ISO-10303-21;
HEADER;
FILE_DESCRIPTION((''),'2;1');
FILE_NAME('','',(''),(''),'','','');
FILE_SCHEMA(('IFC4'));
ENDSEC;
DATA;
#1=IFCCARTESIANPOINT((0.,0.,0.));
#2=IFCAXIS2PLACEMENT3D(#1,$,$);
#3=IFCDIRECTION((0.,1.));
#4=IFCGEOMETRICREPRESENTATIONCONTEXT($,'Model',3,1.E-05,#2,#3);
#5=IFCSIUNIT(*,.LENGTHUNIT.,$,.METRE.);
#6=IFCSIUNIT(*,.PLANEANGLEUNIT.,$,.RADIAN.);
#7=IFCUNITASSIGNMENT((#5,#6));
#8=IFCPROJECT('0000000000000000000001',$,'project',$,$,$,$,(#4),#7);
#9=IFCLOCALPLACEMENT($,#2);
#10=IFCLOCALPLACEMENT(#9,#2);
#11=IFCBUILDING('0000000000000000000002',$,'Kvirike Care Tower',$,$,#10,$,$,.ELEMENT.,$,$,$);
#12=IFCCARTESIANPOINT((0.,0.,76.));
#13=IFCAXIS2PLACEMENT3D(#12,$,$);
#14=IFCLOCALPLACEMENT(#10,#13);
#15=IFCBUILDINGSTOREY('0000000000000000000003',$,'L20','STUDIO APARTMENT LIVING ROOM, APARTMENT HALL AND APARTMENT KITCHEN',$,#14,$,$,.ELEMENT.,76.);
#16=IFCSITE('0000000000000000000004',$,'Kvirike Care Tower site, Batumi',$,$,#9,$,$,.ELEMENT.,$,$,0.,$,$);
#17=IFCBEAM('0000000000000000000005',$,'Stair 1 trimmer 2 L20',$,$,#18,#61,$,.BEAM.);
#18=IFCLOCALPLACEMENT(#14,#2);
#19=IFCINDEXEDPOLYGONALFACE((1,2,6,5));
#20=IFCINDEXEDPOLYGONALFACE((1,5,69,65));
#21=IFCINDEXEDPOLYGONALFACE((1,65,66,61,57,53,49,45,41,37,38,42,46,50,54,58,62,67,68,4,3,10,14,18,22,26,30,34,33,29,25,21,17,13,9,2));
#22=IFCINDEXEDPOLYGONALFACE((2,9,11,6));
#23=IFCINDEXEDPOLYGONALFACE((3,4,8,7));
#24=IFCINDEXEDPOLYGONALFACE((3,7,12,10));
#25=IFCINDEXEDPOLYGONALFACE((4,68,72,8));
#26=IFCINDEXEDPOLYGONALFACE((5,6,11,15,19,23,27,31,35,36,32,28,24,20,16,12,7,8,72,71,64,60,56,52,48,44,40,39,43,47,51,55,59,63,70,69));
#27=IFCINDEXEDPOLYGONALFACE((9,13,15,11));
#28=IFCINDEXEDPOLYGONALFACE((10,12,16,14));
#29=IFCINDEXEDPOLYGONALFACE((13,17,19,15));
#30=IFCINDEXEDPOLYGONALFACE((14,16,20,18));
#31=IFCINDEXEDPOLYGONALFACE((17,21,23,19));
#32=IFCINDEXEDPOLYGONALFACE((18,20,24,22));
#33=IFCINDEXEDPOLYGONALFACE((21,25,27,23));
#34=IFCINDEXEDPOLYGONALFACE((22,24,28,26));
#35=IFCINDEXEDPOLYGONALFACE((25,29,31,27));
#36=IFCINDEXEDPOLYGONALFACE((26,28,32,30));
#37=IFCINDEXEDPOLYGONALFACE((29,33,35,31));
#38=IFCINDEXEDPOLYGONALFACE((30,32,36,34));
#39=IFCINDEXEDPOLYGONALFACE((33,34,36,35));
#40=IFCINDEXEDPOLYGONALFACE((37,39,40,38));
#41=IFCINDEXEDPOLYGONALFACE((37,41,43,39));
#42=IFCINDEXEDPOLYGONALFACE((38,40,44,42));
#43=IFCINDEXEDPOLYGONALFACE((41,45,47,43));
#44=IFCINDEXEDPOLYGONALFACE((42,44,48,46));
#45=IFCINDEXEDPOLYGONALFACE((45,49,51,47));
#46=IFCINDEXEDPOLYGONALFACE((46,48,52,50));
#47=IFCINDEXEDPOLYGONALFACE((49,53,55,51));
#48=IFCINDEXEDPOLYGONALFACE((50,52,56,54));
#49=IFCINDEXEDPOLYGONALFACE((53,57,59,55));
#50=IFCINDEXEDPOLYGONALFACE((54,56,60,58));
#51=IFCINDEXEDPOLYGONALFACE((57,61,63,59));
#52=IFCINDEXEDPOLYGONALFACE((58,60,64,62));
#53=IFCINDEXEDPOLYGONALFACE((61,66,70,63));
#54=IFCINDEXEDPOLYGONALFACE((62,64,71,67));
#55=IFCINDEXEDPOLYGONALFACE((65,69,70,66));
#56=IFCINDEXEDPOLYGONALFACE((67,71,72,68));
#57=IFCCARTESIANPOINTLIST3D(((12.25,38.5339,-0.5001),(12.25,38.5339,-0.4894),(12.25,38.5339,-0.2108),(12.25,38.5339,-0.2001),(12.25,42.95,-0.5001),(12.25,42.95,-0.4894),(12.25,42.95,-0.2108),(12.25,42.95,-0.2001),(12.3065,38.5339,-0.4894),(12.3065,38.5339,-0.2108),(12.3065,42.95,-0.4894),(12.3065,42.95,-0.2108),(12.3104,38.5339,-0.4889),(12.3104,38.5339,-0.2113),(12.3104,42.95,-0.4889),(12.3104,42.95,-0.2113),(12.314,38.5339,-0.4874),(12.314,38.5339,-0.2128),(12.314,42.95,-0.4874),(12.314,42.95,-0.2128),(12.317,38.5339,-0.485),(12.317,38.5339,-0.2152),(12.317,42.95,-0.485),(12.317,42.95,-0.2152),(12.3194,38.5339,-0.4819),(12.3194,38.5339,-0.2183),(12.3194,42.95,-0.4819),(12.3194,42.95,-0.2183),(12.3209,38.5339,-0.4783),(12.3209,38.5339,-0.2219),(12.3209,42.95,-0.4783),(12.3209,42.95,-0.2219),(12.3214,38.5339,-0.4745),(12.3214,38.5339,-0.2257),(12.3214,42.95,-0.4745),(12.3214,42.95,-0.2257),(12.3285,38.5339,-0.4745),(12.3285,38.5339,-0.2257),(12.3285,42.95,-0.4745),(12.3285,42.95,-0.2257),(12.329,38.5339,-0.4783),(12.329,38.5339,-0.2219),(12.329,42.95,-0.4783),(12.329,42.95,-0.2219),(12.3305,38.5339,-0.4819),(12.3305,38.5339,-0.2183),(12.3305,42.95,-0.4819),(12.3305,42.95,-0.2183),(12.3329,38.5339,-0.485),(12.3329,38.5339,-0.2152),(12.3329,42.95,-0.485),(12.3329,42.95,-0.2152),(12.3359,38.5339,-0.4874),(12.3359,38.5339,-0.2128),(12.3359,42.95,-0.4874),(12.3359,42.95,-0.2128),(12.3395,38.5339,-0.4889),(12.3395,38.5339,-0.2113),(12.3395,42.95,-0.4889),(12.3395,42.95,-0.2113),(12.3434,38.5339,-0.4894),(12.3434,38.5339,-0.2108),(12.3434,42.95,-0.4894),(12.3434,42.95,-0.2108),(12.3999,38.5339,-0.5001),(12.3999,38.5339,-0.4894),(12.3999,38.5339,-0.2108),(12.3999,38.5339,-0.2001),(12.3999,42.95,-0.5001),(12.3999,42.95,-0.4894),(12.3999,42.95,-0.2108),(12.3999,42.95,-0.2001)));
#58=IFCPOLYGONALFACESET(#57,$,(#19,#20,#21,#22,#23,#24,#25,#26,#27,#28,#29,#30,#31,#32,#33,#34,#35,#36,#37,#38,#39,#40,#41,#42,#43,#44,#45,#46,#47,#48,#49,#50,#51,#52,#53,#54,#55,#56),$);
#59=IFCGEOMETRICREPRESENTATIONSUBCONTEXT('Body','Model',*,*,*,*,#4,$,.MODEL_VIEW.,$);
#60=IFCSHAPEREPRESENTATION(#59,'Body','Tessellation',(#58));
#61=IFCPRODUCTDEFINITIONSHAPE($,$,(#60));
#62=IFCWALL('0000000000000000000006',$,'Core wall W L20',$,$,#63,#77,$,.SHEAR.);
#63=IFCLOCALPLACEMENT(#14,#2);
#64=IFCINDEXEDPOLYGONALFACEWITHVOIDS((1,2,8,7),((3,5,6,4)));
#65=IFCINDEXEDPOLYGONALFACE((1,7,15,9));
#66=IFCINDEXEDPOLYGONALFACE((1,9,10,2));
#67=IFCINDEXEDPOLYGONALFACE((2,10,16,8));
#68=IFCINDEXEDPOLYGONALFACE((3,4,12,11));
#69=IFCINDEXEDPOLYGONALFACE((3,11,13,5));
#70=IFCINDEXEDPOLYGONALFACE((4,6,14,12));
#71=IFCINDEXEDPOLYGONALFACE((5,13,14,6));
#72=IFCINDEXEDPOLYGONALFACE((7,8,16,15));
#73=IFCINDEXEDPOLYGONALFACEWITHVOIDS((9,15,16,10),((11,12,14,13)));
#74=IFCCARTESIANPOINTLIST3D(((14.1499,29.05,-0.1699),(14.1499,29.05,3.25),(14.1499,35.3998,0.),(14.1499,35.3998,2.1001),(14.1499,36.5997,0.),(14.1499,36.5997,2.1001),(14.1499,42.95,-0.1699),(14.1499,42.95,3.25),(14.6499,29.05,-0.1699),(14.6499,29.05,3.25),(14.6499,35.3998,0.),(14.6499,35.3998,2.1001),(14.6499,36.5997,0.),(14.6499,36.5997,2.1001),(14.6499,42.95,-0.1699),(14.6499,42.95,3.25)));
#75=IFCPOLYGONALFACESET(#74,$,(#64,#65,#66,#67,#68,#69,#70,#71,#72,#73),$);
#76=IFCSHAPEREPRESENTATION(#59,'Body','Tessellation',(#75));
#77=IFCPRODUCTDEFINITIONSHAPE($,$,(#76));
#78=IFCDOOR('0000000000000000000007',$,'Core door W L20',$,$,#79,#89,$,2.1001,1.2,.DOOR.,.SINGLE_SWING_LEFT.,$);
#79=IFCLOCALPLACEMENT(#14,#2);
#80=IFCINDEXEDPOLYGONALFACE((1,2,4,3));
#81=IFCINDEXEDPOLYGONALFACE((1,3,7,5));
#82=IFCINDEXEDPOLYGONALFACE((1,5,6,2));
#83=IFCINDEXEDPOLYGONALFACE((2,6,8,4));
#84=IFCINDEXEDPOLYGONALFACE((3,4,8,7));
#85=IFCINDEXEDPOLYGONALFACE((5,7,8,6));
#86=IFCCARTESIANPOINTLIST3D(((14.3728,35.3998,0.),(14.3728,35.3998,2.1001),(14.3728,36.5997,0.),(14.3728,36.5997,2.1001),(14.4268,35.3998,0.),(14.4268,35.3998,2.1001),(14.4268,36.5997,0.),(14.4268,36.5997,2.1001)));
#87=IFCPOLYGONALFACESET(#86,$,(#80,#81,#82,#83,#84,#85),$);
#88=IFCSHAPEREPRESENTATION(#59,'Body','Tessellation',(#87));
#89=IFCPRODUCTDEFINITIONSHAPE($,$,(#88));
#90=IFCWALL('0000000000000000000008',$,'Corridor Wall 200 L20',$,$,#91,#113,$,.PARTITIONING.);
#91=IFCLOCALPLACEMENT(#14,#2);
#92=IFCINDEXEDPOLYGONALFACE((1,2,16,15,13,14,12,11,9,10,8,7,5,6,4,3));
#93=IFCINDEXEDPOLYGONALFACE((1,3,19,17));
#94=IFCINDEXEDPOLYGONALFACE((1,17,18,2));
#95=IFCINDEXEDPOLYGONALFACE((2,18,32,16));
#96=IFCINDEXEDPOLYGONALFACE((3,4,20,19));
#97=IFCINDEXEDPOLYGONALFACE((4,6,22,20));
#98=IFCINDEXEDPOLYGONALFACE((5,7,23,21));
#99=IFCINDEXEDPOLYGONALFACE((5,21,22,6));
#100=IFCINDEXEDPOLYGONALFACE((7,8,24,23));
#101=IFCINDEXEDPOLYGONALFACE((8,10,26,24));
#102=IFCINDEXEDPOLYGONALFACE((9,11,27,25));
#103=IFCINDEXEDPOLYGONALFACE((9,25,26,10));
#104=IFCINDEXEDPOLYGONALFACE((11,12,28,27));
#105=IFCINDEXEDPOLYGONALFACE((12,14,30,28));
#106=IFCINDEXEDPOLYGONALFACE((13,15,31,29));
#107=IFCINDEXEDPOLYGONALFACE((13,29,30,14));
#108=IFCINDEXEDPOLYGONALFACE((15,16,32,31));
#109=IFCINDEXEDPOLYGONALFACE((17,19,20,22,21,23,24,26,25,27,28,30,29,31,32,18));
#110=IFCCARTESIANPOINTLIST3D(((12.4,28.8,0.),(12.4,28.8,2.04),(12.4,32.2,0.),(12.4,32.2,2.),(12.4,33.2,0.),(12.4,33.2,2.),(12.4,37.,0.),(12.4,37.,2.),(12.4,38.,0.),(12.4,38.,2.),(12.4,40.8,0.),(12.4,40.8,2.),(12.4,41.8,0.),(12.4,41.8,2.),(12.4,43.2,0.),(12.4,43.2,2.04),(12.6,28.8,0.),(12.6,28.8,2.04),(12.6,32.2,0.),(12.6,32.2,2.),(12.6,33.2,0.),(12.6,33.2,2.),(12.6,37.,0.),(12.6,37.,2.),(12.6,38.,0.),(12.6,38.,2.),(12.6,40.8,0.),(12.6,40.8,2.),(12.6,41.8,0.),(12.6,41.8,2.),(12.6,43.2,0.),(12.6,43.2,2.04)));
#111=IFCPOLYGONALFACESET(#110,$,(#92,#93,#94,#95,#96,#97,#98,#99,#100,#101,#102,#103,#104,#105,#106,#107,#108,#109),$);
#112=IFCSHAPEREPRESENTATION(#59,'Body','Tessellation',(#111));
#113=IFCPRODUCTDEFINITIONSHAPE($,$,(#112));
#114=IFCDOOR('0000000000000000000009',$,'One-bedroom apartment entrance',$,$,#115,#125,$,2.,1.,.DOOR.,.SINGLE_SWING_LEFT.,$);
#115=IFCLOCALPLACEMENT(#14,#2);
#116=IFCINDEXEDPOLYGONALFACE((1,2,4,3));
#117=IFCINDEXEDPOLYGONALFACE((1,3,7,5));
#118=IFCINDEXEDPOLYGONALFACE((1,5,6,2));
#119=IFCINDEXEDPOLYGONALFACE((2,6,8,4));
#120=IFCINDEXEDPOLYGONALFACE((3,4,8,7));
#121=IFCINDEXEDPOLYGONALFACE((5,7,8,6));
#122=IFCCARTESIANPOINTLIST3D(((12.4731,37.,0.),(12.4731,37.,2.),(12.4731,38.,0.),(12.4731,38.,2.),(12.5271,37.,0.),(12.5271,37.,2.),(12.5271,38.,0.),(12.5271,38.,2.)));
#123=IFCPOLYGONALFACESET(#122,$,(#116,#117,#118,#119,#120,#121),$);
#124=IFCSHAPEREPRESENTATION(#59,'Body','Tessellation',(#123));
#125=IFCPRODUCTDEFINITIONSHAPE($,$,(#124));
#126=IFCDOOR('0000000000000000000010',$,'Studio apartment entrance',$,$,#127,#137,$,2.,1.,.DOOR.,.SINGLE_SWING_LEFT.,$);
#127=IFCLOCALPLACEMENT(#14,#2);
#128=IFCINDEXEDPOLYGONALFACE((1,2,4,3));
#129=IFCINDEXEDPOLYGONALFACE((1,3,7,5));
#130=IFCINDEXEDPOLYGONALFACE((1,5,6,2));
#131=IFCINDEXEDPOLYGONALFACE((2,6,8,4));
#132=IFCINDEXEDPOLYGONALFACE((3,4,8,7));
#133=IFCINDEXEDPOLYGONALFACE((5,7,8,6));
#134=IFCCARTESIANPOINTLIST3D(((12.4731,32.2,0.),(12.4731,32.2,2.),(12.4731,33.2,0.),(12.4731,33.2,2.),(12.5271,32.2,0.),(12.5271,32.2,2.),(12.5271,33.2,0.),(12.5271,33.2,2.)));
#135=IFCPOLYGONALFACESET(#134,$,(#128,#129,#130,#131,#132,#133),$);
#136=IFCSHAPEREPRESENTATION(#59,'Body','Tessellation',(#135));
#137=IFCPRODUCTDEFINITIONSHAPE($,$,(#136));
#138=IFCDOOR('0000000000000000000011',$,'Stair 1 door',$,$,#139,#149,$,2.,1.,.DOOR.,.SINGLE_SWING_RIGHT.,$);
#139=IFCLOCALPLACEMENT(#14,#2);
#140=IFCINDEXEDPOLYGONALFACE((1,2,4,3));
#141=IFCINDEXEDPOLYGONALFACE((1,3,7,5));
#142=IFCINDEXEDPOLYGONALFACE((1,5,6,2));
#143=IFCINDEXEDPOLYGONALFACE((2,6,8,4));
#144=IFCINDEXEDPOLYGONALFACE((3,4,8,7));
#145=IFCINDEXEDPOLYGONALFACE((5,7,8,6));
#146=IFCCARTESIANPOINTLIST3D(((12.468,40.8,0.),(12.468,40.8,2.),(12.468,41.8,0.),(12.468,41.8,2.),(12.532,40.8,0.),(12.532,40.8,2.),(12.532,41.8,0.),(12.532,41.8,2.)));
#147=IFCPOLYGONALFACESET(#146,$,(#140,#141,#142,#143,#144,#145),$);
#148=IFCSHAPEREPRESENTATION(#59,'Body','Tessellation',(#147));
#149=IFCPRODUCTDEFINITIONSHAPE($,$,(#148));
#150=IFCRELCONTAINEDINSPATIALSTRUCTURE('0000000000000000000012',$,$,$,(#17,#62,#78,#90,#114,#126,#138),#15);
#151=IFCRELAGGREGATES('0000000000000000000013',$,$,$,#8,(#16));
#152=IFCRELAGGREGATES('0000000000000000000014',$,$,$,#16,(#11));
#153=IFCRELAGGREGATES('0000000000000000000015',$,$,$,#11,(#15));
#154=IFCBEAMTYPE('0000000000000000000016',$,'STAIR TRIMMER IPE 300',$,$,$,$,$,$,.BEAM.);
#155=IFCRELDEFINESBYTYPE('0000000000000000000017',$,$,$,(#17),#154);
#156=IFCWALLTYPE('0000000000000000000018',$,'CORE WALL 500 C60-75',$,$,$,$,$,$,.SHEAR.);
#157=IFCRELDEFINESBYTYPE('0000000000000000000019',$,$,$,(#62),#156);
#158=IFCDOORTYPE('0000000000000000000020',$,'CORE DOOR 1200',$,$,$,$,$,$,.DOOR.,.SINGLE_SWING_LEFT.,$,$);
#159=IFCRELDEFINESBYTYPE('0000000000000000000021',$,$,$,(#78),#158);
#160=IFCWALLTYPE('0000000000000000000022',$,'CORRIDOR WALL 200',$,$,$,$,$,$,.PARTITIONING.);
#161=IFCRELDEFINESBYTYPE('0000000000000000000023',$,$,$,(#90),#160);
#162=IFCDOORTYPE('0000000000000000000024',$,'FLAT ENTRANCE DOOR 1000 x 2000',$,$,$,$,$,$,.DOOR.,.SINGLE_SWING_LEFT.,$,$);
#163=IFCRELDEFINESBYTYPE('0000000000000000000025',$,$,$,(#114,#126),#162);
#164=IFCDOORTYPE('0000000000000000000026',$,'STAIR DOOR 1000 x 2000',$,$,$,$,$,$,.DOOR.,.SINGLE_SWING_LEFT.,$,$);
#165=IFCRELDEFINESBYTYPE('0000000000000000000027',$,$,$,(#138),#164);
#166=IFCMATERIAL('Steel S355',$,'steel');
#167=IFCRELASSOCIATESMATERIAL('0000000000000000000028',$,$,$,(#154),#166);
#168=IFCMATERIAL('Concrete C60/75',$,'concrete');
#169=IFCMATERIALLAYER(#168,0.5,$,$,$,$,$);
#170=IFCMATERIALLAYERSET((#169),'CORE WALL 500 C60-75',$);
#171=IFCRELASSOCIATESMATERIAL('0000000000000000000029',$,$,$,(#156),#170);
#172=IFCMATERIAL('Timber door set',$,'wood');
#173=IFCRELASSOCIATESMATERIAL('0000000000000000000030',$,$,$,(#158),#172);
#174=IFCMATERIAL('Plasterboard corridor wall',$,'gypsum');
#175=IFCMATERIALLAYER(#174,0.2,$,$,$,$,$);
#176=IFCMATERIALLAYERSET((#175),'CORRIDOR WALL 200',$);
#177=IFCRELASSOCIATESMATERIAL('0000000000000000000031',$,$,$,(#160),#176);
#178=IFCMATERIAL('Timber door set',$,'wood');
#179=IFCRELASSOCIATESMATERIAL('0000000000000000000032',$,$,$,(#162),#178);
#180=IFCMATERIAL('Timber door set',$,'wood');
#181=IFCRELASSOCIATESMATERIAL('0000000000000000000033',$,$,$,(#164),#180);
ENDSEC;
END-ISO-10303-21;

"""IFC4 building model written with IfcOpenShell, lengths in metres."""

from ifc_helpers import new_model, si_unit, direction, frame, frame_2d, origin, origin_2d, place, context, subcontext, project, spatial, rectangle, i_section, extrude, material, layer, layer_set, material_profile, profile_set, type_object, element, fill, save


model = new_model("IFC4")

# Units and contexts
model_context = context("Model", 3, precision=1e-05, world=origin(), true_north=direction((0.0, 1.0)))
body_context = subcontext(model_context, "Body", "Model", "MODEL_VIEW")
ifc_project = project(units=[si_unit("LENGTHUNIT", "METRE"), si_unit("PLANEANGLEUNIT", "RADIAN")], contexts=[model_context])

# Site, building, storey
site_placement = place(None, origin())
site = spatial("IfcSite", under=ifc_project, at=site_placement, Name="Kvirike Care Tower site, Batumi", CompositionType="ELEMENT", RefElevation=0.0)
building_placement = place(site_placement, origin())
building = spatial("IfcBuilding", under=site, at=building_placement, Name="Kvirike Care Tower", CompositionType="ELEMENT")
storey_placement = place(building_placement, frame((0.0, 0.0, 76.0)))
storey = spatial("IfcBuildingStorey", under=building, at=storey_placement, Name="L20", Description="STUDIO APARTMENT LIVING ROOM, APARTMENT HALL AND APARTMENT KITCHEN", CompositionType="ELEMENT", Elevation=76.0)

# Beam
ifc_material_1 = material(Name="Steel S355", Category="steel")
ifc_material_profile_1 = material_profile(ifc_material_1, i_section(OverallWidth=0.1499, OverallDepth=0.3, WebThickness=0.0071, FlangeThickness=0.0107, FilletRadius=0.0149, at=origin_2d()), Name="IPE 300")
ifc_profile_set_1 = profile_set([ifc_material_profile_1], Name="Steel S355")
beam_type_1 = type_object("IfcBeamType", Name="STAIR TRIMMER IPE 300", PredefinedType="BEAM", material=ifc_profile_set_1)
for number, where, z_axis, x_axis, name in (
    (1, (12.325, 42.95, -0.3501), (0.0, -1.0, 0.0), (1.0, 0.0, 0.0), "Stair 1 trimmer 2 L20"),
):
    element("IfcBeam", number, at=place(storey_placement, frame(where, z_axis=z_axis, x_axis=x_axis)), inside=storey, type_object=beam_type_1, Name=name, PredefinedType="BEAM", context=body_context, shape_type="SweptSolid", body=[
        extrude(i_section(OverallWidth=0.1499, OverallDepth=0.3, WebThickness=0.0071, FlangeThickness=0.0107, FilletRadius=0.0149, at=origin_2d()), origin(), (0.0, 0.0, 1.0), 4.416),
    ])

# Wall, opening, door
ifc_material_2 = material(Name="Concrete C60/75", Category="concrete")
ifc_layer_1 = layer(ifc_material_2, 0.5)
ifc_layer_set_1 = layer_set([ifc_layer_1], Name="CORE WALL 500 C60-75")
wall_type_1 = type_object("IfcWallType", Name="CORE WALL 500 C60-75", PredefinedType="SHEAR", material=ifc_layer_set_1)
wall_1_placement = place(storey_placement, frame((14.3999, 42.95, -0.1699), z_axis=(0.0, 0.0, 1.0), x_axis=(0.0, -1.0, 0.0)))
wall_1 = element("IfcWall", 2, at=wall_1_placement, inside=storey, type_object=wall_type_1, Name="Core wall W L20", PredefinedType="SHEAR", context=body_context, shape_type="SweptSolid", body=[
    extrude(rectangle(XDim=13.8999, YDim=0.5, at=frame_2d((6.95, 0.0))), origin(), (0.0, 0.0, 1.0), 3.4199),
])
opening_1_placement = place(wall_1_placement, frame((6.3501, 0.0, 0.1699)))
opening_1 = element("IfcOpeningElement", 3, at=opening_1_placement, cuts=wall_1, PredefinedType="OPENING", context=body_context, shape_type="SweptSolid", body=[
    extrude(rectangle(XDim=1.2, YDim=2.1001, at=frame_2d((0.6001, 1.05))), frame((0.0, 0.2605, 0.0), z_axis=(0.0, -1.0, 0.0), x_axis=(1.0, 0.0, 0.0)), (0.0, 0.0, 1.0), 0.521),
])
ifc_material_3 = material(Name="Timber door set", Category="wood")
door_type_1 = type_object("IfcDoorType", Name="CORE DOOR 1200", OperationType="SINGLE_SWING_LEFT", PredefinedType="DOOR", material=ifc_material_3)
door_1_placement = place(opening_1_placement, origin())
door_1 = element("IfcDoor", 4, at=door_1_placement, inside=storey, type_object=door_type_1, Name="Core door W L20", OperationType="SINGLE_SWING_LEFT", OverallHeight=2.1001, OverallWidth=1.2, PredefinedType="DOOR", context=body_context, shape_type="SweptSolid", body=[
    extrude(rectangle(XDim=1.2, YDim=2.1001, at=frame_2d((0.6001, 1.05))), frame((0.0, 0.0269, 0.0), z_axis=(0.0, -1.0, 0.0), x_axis=(1.0, 0.0, 0.0)), (0.0, 0.0, 1.0), 0.054),
])
fill(opening_1, door_1)

# Wall, openings, doors
ifc_material_4 = material(Name="Plasterboard corridor wall", Category="gypsum")
ifc_layer_2 = layer(ifc_material_4, 0.2)
ifc_layer_set_2 = layer_set([ifc_layer_2], Name="CORRIDOR WALL 200")
wall_type_2 = type_object("IfcWallType", Name="CORRIDOR WALL 200", PredefinedType="PARTITIONING", material=ifc_layer_set_2)
wall_2_placement = place(storey_placement, frame((12.5, 43.2, 0.0), z_axis=(0.0, 0.0, 1.0), x_axis=(0.0, -1.0, 0.0)))
wall_2 = element("IfcWall", 5, at=wall_2_placement, inside=storey, type_object=wall_type_2, Name="Corridor Wall 200 L20", PredefinedType="PARTITIONING", context=body_context, shape_type="SweptSolid", body=[
    extrude(rectangle(XDim=14.3999, YDim=0.2, at=frame_2d((7.2, 0.0))), origin(), (0.0, 0.0, 1.0), 2.04),
])
opening_2_placement = place(wall_2_placement, frame((1.3999, 0.0, 0.0)))
opening_2 = element("IfcOpeningElement", 6, at=opening_2_placement, cuts=wall_2, PredefinedType="OPENING", context=body_context, shape_type="SweptSolid", body=[
    extrude(rectangle(XDim=1.0, YDim=2.0, at=frame_2d((0.5, 1.0))), frame((0.0, 0.1106, 0.0), z_axis=(0.0, -1.0, 0.0), x_axis=(1.0, 0.0, 0.0)), (0.0, 0.0, 1.0), 0.2209),
])
opening_3_placement = place(wall_2_placement, frame((5.2, 0.0, 0.0)))
opening_3 = element("IfcOpeningElement", 7, at=opening_3_placement, cuts=wall_2, PredefinedType="OPENING", context=body_context, shape_type="SweptSolid", body=[
    extrude(rectangle(XDim=1.0, YDim=2.0, at=frame_2d((0.5, 1.0))), frame((0.0, 0.1106, 0.0), z_axis=(0.0, -1.0, 0.0), x_axis=(1.0, 0.0, 0.0)), (0.0, 0.0, 1.0), 0.2209),
])
opening_4_placement = place(wall_2_placement, frame((10.0, 0.0, 0.0)))
opening_4 = element("IfcOpeningElement", 8, at=opening_4_placement, cuts=wall_2, PredefinedType="OPENING", context=body_context, shape_type="SweptSolid", body=[
    extrude(rectangle(XDim=1.0, YDim=2.0, at=frame_2d((0.5, 1.0))), frame((0.0, 0.1106, 0.0), z_axis=(0.0, -1.0, 0.0), x_axis=(1.0, 0.0, 0.0)), (0.0, 0.0, 1.0), 0.2209),
])
ifc_material_5 = material(Name="Timber door set", Category="wood")
door_type_2 = type_object("IfcDoorType", Name="FLAT ENTRANCE DOOR 1000 x 2000", OperationType="SINGLE_SWING_LEFT", PredefinedType="DOOR", material=ifc_material_5)
door_2_placement = place(opening_3_placement, frame((1.0, 0.0, 0.0), z_axis=(0.0, 0.0, 1.0), x_axis=(-1.0, 0.0, 0.0)))
door_2 = element("IfcDoor", 9, at=door_2_placement, inside=storey, type_object=door_type_2, Name="One-bedroom apartment entrance", OperationType="SINGLE_SWING_LEFT", OverallHeight=2.0, OverallWidth=1.0, PredefinedType="DOOR", context=body_context, shape_type="SweptSolid", body=[
    extrude(rectangle(XDim=1.0, YDim=2.0, at=frame_2d((0.5, 1.0))), frame((0.0, 0.0269, 0.0), z_axis=(0.0, -1.0, 0.0), x_axis=(1.0, 0.0, 0.0)), (0.0, 0.0, 1.0), 0.054),
])
fill(opening_3, door_2)
door_3_placement = place(opening_4_placement, frame((1.0, 0.0, 0.0), z_axis=(0.0, 0.0, 1.0), x_axis=(-1.0, 0.0, 0.0)))
door_3 = element("IfcDoor", 10, at=door_3_placement, inside=storey, type_object=door_type_2, Name="Studio apartment entrance", OperationType="SINGLE_SWING_LEFT", OverallHeight=2.0, OverallWidth=1.0, PredefinedType="DOOR", context=body_context, shape_type="SweptSolid", body=[
    extrude(rectangle(XDim=1.0, YDim=2.0, at=frame_2d((0.5, 1.0))), frame((0.0, 0.0269, 0.0), z_axis=(0.0, -1.0, 0.0), x_axis=(1.0, 0.0, 0.0)), (0.0, 0.0, 1.0), 0.054),
])
fill(opening_4, door_3)
ifc_material_6 = material(Name="Timber door set", Category="wood")
door_type_3 = type_object("IfcDoorType", Name="STAIR DOOR 1000 x 2000", OperationType="SINGLE_SWING_LEFT", PredefinedType="DOOR", material=ifc_material_6)
door_4_placement = place(opening_2_placement, frame((1.0, 0.0, 0.0), z_axis=(0.0, 0.0, 1.0), x_axis=(-1.0, 0.0, 0.0)))
door_4 = element("IfcDoor", 11, at=door_4_placement, inside=storey, type_object=door_type_3, Name="Stair 1 door", OperationType="SINGLE_SWING_RIGHT", OverallHeight=2.0, OverallWidth=1.0, PredefinedType="DOOR", context=body_context, shape_type="SweptSolid", body=[
    extrude(rectangle(XDim=1.0, YDim=2.0, at=frame_2d((0.5, 1.0))), frame((0.0, 0.032, 0.0), z_axis=(0.0, -1.0, 0.0), x_axis=(1.0, 0.0, 0.0)), (0.0, 0.0, 1.0), 0.064),
])
fill(opening_2, door_4)

save(model, "model.ifc")
